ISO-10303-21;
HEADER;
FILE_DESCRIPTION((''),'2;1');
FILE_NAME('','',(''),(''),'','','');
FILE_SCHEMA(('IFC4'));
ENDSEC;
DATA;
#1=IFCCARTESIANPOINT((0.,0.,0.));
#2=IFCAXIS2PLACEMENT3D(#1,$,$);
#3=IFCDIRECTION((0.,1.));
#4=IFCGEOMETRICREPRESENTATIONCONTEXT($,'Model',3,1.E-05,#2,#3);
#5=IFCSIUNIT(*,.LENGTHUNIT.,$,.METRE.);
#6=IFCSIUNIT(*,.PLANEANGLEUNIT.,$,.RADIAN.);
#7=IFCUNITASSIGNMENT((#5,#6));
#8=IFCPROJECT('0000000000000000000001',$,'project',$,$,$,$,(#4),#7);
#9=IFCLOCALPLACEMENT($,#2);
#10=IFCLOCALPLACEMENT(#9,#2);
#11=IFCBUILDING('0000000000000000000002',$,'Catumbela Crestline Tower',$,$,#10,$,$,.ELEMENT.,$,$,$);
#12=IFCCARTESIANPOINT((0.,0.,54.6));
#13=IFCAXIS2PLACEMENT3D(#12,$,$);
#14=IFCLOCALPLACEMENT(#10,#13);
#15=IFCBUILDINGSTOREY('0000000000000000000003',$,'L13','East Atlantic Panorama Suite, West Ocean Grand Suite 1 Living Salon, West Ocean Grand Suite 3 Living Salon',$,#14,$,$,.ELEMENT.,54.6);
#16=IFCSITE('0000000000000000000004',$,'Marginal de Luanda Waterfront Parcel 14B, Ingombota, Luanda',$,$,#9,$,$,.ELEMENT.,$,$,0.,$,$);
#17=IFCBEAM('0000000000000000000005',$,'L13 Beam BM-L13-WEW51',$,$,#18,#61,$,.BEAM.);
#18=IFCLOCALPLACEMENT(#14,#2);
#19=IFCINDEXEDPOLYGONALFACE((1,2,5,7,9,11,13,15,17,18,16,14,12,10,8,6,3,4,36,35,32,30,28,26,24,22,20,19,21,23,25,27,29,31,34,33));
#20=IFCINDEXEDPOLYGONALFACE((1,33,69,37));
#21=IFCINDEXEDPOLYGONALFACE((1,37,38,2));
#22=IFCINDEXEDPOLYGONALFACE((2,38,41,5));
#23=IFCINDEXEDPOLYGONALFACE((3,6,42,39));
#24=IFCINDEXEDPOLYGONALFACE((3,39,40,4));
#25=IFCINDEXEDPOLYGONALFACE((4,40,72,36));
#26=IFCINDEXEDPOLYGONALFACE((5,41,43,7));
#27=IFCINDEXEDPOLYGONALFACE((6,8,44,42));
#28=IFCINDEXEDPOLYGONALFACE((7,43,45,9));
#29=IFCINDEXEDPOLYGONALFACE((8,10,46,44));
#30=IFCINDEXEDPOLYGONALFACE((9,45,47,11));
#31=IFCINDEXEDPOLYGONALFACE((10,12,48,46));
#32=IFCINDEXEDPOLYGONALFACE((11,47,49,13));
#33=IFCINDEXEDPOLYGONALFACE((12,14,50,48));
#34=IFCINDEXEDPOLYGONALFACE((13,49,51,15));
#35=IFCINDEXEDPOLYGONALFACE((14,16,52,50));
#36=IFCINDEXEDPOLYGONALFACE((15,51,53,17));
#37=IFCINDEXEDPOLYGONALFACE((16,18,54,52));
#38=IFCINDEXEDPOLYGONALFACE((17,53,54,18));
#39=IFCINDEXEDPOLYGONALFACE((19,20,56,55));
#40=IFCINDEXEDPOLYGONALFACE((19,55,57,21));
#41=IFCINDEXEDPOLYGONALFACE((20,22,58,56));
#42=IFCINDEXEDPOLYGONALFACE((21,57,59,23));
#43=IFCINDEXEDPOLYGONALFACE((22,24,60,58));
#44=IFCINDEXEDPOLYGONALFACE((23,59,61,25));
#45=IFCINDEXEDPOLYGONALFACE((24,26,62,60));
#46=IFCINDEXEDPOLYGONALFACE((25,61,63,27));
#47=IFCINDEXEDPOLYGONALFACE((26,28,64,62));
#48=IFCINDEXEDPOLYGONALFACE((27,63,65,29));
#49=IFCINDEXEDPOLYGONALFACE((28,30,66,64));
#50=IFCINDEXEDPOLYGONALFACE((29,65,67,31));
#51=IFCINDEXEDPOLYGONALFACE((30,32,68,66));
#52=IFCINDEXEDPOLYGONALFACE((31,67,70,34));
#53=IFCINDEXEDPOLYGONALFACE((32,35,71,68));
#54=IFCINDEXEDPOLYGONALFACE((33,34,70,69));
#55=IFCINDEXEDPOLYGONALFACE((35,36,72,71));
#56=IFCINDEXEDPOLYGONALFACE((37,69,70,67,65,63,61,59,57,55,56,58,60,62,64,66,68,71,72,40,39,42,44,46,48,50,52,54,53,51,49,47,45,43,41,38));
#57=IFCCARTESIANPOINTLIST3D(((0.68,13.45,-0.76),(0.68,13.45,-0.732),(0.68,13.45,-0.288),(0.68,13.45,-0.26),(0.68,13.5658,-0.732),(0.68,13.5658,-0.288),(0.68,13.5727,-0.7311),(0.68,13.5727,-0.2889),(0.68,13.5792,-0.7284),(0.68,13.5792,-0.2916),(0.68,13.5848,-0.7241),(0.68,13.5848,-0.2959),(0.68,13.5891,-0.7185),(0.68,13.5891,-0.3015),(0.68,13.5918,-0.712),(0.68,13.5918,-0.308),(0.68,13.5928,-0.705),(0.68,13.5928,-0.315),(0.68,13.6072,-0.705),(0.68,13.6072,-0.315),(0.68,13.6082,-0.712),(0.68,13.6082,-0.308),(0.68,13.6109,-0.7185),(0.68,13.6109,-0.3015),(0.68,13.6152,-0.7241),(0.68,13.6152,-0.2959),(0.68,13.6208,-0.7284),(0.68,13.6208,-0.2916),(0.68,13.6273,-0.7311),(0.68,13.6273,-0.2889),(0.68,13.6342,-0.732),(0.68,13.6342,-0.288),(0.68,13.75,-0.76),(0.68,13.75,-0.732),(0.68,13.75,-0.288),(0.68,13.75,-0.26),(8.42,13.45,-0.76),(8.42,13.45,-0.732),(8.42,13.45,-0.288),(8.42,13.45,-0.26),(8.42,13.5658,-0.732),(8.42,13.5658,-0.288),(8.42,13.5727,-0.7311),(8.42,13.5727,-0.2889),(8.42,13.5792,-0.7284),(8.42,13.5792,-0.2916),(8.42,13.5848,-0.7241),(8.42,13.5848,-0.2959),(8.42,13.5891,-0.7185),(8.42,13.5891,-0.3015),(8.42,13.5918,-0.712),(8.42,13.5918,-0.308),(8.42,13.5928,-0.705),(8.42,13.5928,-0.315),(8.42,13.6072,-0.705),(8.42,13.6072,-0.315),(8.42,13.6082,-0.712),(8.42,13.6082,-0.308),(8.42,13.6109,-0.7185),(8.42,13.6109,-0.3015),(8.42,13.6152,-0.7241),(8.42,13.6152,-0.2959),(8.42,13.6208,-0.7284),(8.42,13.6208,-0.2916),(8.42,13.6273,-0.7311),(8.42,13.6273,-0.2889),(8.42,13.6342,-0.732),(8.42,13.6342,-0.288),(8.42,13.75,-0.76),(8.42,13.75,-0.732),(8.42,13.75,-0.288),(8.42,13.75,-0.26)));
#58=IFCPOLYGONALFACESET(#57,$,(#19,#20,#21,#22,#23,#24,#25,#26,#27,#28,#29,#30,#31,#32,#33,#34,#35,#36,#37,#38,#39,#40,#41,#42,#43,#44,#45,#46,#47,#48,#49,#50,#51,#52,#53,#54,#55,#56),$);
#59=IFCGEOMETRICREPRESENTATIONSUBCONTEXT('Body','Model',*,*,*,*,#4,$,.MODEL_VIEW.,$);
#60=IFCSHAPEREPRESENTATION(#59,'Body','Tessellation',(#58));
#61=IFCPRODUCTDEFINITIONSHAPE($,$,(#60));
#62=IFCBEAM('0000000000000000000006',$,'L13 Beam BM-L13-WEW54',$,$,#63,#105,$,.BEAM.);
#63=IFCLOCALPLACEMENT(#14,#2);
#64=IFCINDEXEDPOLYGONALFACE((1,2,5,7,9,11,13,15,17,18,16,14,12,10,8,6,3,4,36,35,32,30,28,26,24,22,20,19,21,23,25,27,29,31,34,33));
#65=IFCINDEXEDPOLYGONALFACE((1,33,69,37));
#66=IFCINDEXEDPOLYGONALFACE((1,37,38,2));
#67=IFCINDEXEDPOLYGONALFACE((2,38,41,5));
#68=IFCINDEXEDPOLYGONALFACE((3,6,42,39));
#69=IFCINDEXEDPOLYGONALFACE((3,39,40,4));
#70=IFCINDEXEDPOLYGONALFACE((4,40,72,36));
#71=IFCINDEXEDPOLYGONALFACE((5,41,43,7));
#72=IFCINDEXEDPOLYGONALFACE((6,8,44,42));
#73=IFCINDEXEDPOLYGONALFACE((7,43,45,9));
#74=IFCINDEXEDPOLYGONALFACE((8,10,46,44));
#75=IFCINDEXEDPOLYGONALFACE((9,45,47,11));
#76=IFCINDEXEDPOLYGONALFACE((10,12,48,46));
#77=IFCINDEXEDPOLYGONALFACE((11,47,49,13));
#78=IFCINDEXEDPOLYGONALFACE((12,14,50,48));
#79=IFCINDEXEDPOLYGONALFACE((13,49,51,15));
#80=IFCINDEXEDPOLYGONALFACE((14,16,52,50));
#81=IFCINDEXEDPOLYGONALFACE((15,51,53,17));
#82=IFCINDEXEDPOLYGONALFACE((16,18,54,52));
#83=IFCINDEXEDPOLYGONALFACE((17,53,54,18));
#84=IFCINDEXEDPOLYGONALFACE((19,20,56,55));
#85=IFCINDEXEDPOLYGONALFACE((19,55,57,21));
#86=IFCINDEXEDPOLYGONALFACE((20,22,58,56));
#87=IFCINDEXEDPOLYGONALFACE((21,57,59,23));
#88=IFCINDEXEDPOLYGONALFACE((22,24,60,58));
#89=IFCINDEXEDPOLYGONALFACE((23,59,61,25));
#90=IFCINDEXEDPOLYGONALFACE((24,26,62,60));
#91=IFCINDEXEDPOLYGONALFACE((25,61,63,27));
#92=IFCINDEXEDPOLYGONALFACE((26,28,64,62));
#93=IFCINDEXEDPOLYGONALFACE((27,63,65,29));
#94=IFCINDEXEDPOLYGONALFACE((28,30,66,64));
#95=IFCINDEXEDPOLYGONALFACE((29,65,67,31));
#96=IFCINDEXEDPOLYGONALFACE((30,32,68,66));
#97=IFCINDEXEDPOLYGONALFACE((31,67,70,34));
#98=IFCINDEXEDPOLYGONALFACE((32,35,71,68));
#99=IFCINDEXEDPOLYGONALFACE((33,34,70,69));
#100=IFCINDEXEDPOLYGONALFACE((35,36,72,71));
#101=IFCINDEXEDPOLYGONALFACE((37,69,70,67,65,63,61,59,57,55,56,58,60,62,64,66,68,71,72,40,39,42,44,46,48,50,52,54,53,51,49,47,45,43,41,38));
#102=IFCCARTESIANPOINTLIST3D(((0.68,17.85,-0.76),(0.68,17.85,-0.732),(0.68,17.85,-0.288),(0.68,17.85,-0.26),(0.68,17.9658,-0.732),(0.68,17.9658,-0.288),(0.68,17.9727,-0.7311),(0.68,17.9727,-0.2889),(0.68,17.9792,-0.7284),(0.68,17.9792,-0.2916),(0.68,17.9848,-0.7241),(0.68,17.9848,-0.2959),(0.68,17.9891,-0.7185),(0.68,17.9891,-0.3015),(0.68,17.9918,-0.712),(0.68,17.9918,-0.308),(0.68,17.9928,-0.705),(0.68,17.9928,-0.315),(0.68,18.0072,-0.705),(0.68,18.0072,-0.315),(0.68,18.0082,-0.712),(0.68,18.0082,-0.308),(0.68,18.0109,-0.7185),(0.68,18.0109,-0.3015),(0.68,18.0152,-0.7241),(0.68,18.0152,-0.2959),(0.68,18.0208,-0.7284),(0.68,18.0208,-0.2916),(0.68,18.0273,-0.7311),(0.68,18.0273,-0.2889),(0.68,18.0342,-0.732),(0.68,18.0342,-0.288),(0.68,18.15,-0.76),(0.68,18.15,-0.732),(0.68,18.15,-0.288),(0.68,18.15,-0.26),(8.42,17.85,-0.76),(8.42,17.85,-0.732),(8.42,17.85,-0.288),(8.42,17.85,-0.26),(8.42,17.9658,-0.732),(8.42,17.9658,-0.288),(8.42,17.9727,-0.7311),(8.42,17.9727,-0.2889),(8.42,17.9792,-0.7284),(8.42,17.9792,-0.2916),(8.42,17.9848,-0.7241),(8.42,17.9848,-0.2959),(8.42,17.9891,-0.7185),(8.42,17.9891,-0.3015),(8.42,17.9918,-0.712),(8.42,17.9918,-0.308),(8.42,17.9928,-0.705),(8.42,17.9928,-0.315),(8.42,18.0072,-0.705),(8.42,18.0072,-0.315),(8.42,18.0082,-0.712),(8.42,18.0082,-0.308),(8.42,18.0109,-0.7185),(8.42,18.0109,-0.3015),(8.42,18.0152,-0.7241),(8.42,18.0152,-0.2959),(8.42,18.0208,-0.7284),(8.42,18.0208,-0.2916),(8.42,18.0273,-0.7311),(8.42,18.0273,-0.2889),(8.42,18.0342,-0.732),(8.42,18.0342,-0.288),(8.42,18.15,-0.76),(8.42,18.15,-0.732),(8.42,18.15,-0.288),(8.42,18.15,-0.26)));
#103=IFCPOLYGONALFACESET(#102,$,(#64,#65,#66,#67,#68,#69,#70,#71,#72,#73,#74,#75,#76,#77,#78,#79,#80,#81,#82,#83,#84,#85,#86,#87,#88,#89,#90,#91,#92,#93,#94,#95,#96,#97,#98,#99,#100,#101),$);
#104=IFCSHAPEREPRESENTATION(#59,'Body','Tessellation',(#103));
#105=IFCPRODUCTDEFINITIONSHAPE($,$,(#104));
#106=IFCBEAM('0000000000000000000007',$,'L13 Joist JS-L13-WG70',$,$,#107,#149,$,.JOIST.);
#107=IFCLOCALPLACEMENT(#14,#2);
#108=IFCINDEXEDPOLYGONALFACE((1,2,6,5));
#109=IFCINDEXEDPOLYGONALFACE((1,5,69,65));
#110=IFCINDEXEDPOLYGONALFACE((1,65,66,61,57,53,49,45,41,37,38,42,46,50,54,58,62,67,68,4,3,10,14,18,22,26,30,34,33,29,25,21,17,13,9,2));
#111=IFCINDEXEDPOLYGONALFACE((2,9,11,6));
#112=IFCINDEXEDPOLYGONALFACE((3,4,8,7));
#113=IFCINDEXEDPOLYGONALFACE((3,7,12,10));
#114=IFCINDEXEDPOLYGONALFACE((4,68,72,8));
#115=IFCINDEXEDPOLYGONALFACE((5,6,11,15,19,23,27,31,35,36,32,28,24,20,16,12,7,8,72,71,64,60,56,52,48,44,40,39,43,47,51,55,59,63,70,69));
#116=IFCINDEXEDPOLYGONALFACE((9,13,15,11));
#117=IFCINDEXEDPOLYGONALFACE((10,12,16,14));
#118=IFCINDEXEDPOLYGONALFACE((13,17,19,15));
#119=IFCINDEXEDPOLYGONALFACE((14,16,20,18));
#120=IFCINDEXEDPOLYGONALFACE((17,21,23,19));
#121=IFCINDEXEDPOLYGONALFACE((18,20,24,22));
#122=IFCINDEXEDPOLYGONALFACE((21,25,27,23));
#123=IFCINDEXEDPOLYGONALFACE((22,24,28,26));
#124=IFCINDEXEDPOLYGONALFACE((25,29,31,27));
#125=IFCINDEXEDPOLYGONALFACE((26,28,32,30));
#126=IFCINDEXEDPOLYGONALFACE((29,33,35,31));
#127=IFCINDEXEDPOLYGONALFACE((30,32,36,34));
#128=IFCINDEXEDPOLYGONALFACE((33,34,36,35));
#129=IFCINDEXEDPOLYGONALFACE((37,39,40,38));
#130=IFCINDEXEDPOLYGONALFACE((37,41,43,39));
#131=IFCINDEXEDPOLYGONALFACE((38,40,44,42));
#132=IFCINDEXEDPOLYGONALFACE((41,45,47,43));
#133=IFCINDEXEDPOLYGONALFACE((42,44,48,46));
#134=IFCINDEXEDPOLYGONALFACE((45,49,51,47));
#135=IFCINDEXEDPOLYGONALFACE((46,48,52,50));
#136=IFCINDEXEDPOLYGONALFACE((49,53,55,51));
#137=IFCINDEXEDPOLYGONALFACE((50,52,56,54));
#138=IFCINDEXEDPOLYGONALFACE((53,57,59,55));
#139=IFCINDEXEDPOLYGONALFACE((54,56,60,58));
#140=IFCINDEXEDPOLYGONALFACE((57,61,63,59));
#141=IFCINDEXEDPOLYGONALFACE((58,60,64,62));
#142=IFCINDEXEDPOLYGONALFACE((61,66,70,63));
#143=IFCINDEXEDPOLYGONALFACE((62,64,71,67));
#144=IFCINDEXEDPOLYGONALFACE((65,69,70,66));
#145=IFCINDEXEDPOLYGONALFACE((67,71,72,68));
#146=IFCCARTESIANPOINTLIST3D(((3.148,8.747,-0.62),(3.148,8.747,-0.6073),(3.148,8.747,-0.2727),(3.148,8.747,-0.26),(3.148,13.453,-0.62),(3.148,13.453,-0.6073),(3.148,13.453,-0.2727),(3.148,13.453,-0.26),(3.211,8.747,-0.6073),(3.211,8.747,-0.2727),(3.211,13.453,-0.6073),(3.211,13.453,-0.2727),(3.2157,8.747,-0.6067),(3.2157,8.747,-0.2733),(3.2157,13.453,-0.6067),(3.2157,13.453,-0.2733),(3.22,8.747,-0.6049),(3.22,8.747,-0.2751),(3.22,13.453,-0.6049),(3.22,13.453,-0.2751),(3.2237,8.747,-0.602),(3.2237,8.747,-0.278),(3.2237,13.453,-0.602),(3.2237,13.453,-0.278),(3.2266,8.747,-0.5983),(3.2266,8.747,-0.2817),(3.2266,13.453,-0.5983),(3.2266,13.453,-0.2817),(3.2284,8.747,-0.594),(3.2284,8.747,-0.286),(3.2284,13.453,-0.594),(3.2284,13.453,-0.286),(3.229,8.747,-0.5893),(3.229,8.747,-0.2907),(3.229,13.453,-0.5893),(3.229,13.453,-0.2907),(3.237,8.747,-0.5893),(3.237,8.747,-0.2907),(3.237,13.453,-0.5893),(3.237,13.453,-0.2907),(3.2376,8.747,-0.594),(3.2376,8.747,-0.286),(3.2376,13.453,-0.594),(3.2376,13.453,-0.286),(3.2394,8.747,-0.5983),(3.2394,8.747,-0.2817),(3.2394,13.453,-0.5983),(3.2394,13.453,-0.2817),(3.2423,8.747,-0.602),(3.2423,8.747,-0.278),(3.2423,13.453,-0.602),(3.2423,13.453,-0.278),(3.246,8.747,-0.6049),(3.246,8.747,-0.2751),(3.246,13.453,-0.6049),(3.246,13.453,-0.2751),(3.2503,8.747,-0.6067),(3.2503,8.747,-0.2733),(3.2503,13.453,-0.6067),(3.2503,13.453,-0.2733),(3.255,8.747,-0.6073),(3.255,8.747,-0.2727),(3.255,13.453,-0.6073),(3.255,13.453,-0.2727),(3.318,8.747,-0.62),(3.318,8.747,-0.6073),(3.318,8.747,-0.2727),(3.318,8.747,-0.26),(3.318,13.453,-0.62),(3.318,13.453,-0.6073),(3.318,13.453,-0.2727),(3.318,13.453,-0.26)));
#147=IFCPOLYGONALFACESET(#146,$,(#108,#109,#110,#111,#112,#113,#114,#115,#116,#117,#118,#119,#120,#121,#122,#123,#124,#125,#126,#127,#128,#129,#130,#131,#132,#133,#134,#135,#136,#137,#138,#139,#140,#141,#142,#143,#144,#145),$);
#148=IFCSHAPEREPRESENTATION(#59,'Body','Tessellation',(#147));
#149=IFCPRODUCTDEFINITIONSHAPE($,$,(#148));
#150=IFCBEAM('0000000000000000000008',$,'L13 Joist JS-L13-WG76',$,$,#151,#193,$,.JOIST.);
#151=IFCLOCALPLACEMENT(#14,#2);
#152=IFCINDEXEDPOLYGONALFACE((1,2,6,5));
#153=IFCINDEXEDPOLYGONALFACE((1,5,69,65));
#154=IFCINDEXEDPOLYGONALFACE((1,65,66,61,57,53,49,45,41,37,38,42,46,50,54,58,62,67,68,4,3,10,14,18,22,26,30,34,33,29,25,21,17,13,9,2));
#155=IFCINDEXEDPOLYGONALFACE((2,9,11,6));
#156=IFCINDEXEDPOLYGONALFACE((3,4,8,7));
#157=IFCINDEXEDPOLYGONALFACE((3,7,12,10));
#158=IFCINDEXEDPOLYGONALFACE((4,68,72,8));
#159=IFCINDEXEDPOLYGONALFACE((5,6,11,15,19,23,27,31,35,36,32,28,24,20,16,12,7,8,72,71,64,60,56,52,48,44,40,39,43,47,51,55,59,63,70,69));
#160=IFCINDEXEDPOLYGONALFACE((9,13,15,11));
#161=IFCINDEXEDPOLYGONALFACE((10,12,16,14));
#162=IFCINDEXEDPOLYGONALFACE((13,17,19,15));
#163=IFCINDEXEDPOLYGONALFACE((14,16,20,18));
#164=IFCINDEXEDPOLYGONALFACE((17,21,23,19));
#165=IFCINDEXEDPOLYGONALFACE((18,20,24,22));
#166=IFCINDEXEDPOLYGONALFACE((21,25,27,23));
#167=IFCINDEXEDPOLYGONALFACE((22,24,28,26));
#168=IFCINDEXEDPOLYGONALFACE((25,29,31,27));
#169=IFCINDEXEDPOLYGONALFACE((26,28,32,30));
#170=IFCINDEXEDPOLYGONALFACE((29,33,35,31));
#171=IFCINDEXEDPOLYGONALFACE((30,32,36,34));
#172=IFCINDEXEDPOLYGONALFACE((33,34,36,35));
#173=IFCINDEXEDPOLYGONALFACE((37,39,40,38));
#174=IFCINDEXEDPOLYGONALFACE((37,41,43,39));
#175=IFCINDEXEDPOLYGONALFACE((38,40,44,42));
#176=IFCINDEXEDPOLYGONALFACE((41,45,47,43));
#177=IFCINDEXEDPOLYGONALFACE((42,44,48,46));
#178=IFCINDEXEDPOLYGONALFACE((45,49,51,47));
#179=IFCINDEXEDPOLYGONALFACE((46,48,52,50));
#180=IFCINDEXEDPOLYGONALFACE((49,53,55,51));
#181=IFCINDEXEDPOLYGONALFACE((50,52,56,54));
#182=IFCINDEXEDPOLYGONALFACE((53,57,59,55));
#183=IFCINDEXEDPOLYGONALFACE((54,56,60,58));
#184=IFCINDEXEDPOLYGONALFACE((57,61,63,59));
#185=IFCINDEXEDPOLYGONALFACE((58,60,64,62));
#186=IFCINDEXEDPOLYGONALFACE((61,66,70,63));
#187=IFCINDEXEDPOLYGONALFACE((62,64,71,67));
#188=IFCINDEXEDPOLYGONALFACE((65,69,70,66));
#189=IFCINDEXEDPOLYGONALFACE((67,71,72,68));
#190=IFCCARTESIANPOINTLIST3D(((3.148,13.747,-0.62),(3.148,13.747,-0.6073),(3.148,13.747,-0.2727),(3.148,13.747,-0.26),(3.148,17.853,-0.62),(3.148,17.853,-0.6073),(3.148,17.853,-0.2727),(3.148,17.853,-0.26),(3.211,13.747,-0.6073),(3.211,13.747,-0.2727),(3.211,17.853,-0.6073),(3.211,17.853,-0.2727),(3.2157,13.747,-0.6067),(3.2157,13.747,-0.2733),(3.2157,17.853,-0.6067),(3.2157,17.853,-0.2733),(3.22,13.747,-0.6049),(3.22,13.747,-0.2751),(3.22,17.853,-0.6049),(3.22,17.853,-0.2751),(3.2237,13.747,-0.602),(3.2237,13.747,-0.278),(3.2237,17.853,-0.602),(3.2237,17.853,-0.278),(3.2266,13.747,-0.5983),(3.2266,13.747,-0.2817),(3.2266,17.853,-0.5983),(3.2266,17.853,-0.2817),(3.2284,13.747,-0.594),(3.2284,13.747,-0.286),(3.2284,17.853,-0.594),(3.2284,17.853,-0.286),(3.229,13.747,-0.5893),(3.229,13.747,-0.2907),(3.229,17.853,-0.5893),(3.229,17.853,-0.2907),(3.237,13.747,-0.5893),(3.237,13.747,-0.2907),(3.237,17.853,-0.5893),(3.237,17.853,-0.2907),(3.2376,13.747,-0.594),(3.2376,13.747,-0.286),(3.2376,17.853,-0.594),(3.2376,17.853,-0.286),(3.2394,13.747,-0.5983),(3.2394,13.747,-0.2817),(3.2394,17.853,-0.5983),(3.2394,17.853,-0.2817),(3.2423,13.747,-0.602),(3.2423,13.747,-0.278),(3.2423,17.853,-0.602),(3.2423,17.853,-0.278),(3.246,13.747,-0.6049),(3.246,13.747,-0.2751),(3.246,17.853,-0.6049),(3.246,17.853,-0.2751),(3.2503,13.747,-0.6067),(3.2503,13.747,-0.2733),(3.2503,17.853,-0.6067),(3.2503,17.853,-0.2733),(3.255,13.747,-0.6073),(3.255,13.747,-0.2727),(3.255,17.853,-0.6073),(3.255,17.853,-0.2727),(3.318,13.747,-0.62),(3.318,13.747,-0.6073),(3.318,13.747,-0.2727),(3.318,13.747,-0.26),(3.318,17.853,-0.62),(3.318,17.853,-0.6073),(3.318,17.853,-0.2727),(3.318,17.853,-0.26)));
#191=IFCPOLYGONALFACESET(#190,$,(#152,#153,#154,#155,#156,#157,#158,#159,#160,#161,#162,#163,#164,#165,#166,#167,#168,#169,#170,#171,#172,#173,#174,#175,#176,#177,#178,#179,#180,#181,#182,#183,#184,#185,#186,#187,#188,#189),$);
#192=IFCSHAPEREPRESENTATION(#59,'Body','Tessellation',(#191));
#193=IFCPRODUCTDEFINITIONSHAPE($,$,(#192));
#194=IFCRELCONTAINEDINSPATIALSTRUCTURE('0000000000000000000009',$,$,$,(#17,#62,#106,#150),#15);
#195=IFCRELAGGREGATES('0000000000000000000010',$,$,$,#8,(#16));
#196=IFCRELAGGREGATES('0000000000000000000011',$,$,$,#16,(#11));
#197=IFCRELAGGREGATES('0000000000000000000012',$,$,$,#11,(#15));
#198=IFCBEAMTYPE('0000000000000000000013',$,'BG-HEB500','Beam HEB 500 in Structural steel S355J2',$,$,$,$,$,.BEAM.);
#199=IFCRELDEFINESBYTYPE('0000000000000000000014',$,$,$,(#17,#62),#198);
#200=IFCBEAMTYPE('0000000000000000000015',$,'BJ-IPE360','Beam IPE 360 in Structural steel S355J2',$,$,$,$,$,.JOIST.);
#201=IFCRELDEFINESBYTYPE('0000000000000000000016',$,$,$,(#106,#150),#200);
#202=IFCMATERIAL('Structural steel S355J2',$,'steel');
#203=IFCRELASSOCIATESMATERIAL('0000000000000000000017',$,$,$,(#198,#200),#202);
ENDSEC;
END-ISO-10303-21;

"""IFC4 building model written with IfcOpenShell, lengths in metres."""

from ifc_helpers import new_model, si_unit, direction, frame, origin, origin_2d, place, context, subcontext, project, spatial, i_section, extrude, material, material_profile, profile_set, type_object, element, save


model = new_model("IFC4")

# Units and contexts
model_context = context("Model", 3, precision=1e-05, world=origin(), true_north=direction((0.0, 1.0)))
body_context = subcontext(model_context, "Body", "Model", "MODEL_VIEW")
ifc_project = project(units=[si_unit("LENGTHUNIT", "METRE"), si_unit("PLANEANGLEUNIT", "RADIAN")], contexts=[model_context])

# Site, building, storey
site_placement = place(None, origin())
site = spatial("IfcSite", under=ifc_project, at=site_placement, Name="Marginal de Luanda Waterfront Parcel 14B, Ingombota, Luanda", CompositionType="ELEMENT", RefElevation=0.0)
building_placement = place(site_placement, origin())
building = spatial("IfcBuilding", under=site, at=building_placement, Name="Catumbela Crestline Tower", CompositionType="ELEMENT")
storey_placement = place(building_placement, frame((0.0, 0.0, 54.6)))
storey = spatial("IfcBuildingStorey", under=building, at=storey_placement, Name="L13", Description="East Atlantic Panorama Suite, West Ocean Grand Suite 1 Living Salon, West Ocean Grand Suite 3 Living Salon", CompositionType="ELEMENT", Elevation=54.6)

# Beams
ifc_material_1 = material(Name="Structural steel S355J2", Category="steel")
ifc_material_profile_1 = material_profile(ifc_material_1, i_section(OverallWidth=0.3, OverallDepth=0.5, WebThickness=0.0145, FlangeThickness=0.028, FilletRadius=0.027, at=origin_2d()), Name="HEB 500")
ifc_profile_set_1 = profile_set([ifc_material_profile_1], Name="Structural steel S355J2")
beam_type_1 = type_object("IfcBeamType", Name="BG-HEB500", Description="Beam HEB 500 in Structural steel S355J2", PredefinedType="BEAM", material=ifc_profile_set_1)
for number, where, z_axis, x_axis, name in (
    (1, (0.68, 13.6, -0.51), (1.0, 0.0, 0.0), (0.0, 1.0, 0.0), "L13 Beam BM-L13-WEW51"),
    (2, (0.68, 18.0, -0.51), (1.0, 0.0, 0.0), (0.0, 1.0, 0.0), "L13 Beam BM-L13-WEW54"),
):
    element("IfcBeam", number, at=place(storey_placement, frame(where, z_axis=z_axis, x_axis=x_axis)), inside=storey, type_object=beam_type_1, Name=name, PredefinedType="BEAM", context=body_context, shape_type="SweptSolid", body=[
        extrude(i_section(OverallWidth=0.3, OverallDepth=0.5, WebThickness=0.0145, FlangeThickness=0.028, FilletRadius=0.027, at=origin_2d()), origin(), (0.0, 0.0, 1.0), 7.74),
    ])
ifc_material_profile_2 = material_profile(ifc_material_1, i_section(OverallWidth=0.17, OverallDepth=0.36, WebThickness=0.008, FlangeThickness=0.0127, FilletRadius=0.018, at=origin_2d()), Name="IPE 360")
ifc_profile_set_2 = profile_set([ifc_material_profile_2], Name="Structural steel S355J2")
beam_type_2 = type_object("IfcBeamType", Name="BJ-IPE360", Description="Beam IPE 360 in Structural steel S355J2", PredefinedType="JOIST", material=ifc_profile_set_2)
beam_1_placement = place(storey_placement, frame((3.233, 8.747, -0.44), z_axis=(0.0, 1.0, 0.0), x_axis=(-1.0, 0.0, 0.0)))
element("IfcBeam", 3, at=beam_1_placement, inside=storey, type_object=beam_type_2, Name="L13 Joist JS-L13-WG70", PredefinedType="JOIST", context=body_context, shape_type="SweptSolid", body=[
    extrude(i_section(OverallWidth=0.17, OverallDepth=0.36, WebThickness=0.008, FlangeThickness=0.0127, FilletRadius=0.018, at=origin_2d()), origin(), (0.0, 0.0, 1.0), 4.706),
])
beam_2_placement = place(storey_placement, frame((3.233, 13.747, -0.44), z_axis=(0.0, 1.0, 0.0), x_axis=(-1.0, 0.0, 0.0)))
element("IfcBeam", 4, at=beam_2_placement, inside=storey, type_object=beam_type_2, Name="L13 Joist JS-L13-WG76", PredefinedType="JOIST", context=body_context, shape_type="SweptSolid", body=[
    extrude(i_section(OverallWidth=0.17, OverallDepth=0.36, WebThickness=0.008, FlangeThickness=0.0127, FilletRadius=0.018, at=origin_2d()), origin(), (0.0, 0.0, 1.0), 4.106),
])

save(model, "model.ifc")
